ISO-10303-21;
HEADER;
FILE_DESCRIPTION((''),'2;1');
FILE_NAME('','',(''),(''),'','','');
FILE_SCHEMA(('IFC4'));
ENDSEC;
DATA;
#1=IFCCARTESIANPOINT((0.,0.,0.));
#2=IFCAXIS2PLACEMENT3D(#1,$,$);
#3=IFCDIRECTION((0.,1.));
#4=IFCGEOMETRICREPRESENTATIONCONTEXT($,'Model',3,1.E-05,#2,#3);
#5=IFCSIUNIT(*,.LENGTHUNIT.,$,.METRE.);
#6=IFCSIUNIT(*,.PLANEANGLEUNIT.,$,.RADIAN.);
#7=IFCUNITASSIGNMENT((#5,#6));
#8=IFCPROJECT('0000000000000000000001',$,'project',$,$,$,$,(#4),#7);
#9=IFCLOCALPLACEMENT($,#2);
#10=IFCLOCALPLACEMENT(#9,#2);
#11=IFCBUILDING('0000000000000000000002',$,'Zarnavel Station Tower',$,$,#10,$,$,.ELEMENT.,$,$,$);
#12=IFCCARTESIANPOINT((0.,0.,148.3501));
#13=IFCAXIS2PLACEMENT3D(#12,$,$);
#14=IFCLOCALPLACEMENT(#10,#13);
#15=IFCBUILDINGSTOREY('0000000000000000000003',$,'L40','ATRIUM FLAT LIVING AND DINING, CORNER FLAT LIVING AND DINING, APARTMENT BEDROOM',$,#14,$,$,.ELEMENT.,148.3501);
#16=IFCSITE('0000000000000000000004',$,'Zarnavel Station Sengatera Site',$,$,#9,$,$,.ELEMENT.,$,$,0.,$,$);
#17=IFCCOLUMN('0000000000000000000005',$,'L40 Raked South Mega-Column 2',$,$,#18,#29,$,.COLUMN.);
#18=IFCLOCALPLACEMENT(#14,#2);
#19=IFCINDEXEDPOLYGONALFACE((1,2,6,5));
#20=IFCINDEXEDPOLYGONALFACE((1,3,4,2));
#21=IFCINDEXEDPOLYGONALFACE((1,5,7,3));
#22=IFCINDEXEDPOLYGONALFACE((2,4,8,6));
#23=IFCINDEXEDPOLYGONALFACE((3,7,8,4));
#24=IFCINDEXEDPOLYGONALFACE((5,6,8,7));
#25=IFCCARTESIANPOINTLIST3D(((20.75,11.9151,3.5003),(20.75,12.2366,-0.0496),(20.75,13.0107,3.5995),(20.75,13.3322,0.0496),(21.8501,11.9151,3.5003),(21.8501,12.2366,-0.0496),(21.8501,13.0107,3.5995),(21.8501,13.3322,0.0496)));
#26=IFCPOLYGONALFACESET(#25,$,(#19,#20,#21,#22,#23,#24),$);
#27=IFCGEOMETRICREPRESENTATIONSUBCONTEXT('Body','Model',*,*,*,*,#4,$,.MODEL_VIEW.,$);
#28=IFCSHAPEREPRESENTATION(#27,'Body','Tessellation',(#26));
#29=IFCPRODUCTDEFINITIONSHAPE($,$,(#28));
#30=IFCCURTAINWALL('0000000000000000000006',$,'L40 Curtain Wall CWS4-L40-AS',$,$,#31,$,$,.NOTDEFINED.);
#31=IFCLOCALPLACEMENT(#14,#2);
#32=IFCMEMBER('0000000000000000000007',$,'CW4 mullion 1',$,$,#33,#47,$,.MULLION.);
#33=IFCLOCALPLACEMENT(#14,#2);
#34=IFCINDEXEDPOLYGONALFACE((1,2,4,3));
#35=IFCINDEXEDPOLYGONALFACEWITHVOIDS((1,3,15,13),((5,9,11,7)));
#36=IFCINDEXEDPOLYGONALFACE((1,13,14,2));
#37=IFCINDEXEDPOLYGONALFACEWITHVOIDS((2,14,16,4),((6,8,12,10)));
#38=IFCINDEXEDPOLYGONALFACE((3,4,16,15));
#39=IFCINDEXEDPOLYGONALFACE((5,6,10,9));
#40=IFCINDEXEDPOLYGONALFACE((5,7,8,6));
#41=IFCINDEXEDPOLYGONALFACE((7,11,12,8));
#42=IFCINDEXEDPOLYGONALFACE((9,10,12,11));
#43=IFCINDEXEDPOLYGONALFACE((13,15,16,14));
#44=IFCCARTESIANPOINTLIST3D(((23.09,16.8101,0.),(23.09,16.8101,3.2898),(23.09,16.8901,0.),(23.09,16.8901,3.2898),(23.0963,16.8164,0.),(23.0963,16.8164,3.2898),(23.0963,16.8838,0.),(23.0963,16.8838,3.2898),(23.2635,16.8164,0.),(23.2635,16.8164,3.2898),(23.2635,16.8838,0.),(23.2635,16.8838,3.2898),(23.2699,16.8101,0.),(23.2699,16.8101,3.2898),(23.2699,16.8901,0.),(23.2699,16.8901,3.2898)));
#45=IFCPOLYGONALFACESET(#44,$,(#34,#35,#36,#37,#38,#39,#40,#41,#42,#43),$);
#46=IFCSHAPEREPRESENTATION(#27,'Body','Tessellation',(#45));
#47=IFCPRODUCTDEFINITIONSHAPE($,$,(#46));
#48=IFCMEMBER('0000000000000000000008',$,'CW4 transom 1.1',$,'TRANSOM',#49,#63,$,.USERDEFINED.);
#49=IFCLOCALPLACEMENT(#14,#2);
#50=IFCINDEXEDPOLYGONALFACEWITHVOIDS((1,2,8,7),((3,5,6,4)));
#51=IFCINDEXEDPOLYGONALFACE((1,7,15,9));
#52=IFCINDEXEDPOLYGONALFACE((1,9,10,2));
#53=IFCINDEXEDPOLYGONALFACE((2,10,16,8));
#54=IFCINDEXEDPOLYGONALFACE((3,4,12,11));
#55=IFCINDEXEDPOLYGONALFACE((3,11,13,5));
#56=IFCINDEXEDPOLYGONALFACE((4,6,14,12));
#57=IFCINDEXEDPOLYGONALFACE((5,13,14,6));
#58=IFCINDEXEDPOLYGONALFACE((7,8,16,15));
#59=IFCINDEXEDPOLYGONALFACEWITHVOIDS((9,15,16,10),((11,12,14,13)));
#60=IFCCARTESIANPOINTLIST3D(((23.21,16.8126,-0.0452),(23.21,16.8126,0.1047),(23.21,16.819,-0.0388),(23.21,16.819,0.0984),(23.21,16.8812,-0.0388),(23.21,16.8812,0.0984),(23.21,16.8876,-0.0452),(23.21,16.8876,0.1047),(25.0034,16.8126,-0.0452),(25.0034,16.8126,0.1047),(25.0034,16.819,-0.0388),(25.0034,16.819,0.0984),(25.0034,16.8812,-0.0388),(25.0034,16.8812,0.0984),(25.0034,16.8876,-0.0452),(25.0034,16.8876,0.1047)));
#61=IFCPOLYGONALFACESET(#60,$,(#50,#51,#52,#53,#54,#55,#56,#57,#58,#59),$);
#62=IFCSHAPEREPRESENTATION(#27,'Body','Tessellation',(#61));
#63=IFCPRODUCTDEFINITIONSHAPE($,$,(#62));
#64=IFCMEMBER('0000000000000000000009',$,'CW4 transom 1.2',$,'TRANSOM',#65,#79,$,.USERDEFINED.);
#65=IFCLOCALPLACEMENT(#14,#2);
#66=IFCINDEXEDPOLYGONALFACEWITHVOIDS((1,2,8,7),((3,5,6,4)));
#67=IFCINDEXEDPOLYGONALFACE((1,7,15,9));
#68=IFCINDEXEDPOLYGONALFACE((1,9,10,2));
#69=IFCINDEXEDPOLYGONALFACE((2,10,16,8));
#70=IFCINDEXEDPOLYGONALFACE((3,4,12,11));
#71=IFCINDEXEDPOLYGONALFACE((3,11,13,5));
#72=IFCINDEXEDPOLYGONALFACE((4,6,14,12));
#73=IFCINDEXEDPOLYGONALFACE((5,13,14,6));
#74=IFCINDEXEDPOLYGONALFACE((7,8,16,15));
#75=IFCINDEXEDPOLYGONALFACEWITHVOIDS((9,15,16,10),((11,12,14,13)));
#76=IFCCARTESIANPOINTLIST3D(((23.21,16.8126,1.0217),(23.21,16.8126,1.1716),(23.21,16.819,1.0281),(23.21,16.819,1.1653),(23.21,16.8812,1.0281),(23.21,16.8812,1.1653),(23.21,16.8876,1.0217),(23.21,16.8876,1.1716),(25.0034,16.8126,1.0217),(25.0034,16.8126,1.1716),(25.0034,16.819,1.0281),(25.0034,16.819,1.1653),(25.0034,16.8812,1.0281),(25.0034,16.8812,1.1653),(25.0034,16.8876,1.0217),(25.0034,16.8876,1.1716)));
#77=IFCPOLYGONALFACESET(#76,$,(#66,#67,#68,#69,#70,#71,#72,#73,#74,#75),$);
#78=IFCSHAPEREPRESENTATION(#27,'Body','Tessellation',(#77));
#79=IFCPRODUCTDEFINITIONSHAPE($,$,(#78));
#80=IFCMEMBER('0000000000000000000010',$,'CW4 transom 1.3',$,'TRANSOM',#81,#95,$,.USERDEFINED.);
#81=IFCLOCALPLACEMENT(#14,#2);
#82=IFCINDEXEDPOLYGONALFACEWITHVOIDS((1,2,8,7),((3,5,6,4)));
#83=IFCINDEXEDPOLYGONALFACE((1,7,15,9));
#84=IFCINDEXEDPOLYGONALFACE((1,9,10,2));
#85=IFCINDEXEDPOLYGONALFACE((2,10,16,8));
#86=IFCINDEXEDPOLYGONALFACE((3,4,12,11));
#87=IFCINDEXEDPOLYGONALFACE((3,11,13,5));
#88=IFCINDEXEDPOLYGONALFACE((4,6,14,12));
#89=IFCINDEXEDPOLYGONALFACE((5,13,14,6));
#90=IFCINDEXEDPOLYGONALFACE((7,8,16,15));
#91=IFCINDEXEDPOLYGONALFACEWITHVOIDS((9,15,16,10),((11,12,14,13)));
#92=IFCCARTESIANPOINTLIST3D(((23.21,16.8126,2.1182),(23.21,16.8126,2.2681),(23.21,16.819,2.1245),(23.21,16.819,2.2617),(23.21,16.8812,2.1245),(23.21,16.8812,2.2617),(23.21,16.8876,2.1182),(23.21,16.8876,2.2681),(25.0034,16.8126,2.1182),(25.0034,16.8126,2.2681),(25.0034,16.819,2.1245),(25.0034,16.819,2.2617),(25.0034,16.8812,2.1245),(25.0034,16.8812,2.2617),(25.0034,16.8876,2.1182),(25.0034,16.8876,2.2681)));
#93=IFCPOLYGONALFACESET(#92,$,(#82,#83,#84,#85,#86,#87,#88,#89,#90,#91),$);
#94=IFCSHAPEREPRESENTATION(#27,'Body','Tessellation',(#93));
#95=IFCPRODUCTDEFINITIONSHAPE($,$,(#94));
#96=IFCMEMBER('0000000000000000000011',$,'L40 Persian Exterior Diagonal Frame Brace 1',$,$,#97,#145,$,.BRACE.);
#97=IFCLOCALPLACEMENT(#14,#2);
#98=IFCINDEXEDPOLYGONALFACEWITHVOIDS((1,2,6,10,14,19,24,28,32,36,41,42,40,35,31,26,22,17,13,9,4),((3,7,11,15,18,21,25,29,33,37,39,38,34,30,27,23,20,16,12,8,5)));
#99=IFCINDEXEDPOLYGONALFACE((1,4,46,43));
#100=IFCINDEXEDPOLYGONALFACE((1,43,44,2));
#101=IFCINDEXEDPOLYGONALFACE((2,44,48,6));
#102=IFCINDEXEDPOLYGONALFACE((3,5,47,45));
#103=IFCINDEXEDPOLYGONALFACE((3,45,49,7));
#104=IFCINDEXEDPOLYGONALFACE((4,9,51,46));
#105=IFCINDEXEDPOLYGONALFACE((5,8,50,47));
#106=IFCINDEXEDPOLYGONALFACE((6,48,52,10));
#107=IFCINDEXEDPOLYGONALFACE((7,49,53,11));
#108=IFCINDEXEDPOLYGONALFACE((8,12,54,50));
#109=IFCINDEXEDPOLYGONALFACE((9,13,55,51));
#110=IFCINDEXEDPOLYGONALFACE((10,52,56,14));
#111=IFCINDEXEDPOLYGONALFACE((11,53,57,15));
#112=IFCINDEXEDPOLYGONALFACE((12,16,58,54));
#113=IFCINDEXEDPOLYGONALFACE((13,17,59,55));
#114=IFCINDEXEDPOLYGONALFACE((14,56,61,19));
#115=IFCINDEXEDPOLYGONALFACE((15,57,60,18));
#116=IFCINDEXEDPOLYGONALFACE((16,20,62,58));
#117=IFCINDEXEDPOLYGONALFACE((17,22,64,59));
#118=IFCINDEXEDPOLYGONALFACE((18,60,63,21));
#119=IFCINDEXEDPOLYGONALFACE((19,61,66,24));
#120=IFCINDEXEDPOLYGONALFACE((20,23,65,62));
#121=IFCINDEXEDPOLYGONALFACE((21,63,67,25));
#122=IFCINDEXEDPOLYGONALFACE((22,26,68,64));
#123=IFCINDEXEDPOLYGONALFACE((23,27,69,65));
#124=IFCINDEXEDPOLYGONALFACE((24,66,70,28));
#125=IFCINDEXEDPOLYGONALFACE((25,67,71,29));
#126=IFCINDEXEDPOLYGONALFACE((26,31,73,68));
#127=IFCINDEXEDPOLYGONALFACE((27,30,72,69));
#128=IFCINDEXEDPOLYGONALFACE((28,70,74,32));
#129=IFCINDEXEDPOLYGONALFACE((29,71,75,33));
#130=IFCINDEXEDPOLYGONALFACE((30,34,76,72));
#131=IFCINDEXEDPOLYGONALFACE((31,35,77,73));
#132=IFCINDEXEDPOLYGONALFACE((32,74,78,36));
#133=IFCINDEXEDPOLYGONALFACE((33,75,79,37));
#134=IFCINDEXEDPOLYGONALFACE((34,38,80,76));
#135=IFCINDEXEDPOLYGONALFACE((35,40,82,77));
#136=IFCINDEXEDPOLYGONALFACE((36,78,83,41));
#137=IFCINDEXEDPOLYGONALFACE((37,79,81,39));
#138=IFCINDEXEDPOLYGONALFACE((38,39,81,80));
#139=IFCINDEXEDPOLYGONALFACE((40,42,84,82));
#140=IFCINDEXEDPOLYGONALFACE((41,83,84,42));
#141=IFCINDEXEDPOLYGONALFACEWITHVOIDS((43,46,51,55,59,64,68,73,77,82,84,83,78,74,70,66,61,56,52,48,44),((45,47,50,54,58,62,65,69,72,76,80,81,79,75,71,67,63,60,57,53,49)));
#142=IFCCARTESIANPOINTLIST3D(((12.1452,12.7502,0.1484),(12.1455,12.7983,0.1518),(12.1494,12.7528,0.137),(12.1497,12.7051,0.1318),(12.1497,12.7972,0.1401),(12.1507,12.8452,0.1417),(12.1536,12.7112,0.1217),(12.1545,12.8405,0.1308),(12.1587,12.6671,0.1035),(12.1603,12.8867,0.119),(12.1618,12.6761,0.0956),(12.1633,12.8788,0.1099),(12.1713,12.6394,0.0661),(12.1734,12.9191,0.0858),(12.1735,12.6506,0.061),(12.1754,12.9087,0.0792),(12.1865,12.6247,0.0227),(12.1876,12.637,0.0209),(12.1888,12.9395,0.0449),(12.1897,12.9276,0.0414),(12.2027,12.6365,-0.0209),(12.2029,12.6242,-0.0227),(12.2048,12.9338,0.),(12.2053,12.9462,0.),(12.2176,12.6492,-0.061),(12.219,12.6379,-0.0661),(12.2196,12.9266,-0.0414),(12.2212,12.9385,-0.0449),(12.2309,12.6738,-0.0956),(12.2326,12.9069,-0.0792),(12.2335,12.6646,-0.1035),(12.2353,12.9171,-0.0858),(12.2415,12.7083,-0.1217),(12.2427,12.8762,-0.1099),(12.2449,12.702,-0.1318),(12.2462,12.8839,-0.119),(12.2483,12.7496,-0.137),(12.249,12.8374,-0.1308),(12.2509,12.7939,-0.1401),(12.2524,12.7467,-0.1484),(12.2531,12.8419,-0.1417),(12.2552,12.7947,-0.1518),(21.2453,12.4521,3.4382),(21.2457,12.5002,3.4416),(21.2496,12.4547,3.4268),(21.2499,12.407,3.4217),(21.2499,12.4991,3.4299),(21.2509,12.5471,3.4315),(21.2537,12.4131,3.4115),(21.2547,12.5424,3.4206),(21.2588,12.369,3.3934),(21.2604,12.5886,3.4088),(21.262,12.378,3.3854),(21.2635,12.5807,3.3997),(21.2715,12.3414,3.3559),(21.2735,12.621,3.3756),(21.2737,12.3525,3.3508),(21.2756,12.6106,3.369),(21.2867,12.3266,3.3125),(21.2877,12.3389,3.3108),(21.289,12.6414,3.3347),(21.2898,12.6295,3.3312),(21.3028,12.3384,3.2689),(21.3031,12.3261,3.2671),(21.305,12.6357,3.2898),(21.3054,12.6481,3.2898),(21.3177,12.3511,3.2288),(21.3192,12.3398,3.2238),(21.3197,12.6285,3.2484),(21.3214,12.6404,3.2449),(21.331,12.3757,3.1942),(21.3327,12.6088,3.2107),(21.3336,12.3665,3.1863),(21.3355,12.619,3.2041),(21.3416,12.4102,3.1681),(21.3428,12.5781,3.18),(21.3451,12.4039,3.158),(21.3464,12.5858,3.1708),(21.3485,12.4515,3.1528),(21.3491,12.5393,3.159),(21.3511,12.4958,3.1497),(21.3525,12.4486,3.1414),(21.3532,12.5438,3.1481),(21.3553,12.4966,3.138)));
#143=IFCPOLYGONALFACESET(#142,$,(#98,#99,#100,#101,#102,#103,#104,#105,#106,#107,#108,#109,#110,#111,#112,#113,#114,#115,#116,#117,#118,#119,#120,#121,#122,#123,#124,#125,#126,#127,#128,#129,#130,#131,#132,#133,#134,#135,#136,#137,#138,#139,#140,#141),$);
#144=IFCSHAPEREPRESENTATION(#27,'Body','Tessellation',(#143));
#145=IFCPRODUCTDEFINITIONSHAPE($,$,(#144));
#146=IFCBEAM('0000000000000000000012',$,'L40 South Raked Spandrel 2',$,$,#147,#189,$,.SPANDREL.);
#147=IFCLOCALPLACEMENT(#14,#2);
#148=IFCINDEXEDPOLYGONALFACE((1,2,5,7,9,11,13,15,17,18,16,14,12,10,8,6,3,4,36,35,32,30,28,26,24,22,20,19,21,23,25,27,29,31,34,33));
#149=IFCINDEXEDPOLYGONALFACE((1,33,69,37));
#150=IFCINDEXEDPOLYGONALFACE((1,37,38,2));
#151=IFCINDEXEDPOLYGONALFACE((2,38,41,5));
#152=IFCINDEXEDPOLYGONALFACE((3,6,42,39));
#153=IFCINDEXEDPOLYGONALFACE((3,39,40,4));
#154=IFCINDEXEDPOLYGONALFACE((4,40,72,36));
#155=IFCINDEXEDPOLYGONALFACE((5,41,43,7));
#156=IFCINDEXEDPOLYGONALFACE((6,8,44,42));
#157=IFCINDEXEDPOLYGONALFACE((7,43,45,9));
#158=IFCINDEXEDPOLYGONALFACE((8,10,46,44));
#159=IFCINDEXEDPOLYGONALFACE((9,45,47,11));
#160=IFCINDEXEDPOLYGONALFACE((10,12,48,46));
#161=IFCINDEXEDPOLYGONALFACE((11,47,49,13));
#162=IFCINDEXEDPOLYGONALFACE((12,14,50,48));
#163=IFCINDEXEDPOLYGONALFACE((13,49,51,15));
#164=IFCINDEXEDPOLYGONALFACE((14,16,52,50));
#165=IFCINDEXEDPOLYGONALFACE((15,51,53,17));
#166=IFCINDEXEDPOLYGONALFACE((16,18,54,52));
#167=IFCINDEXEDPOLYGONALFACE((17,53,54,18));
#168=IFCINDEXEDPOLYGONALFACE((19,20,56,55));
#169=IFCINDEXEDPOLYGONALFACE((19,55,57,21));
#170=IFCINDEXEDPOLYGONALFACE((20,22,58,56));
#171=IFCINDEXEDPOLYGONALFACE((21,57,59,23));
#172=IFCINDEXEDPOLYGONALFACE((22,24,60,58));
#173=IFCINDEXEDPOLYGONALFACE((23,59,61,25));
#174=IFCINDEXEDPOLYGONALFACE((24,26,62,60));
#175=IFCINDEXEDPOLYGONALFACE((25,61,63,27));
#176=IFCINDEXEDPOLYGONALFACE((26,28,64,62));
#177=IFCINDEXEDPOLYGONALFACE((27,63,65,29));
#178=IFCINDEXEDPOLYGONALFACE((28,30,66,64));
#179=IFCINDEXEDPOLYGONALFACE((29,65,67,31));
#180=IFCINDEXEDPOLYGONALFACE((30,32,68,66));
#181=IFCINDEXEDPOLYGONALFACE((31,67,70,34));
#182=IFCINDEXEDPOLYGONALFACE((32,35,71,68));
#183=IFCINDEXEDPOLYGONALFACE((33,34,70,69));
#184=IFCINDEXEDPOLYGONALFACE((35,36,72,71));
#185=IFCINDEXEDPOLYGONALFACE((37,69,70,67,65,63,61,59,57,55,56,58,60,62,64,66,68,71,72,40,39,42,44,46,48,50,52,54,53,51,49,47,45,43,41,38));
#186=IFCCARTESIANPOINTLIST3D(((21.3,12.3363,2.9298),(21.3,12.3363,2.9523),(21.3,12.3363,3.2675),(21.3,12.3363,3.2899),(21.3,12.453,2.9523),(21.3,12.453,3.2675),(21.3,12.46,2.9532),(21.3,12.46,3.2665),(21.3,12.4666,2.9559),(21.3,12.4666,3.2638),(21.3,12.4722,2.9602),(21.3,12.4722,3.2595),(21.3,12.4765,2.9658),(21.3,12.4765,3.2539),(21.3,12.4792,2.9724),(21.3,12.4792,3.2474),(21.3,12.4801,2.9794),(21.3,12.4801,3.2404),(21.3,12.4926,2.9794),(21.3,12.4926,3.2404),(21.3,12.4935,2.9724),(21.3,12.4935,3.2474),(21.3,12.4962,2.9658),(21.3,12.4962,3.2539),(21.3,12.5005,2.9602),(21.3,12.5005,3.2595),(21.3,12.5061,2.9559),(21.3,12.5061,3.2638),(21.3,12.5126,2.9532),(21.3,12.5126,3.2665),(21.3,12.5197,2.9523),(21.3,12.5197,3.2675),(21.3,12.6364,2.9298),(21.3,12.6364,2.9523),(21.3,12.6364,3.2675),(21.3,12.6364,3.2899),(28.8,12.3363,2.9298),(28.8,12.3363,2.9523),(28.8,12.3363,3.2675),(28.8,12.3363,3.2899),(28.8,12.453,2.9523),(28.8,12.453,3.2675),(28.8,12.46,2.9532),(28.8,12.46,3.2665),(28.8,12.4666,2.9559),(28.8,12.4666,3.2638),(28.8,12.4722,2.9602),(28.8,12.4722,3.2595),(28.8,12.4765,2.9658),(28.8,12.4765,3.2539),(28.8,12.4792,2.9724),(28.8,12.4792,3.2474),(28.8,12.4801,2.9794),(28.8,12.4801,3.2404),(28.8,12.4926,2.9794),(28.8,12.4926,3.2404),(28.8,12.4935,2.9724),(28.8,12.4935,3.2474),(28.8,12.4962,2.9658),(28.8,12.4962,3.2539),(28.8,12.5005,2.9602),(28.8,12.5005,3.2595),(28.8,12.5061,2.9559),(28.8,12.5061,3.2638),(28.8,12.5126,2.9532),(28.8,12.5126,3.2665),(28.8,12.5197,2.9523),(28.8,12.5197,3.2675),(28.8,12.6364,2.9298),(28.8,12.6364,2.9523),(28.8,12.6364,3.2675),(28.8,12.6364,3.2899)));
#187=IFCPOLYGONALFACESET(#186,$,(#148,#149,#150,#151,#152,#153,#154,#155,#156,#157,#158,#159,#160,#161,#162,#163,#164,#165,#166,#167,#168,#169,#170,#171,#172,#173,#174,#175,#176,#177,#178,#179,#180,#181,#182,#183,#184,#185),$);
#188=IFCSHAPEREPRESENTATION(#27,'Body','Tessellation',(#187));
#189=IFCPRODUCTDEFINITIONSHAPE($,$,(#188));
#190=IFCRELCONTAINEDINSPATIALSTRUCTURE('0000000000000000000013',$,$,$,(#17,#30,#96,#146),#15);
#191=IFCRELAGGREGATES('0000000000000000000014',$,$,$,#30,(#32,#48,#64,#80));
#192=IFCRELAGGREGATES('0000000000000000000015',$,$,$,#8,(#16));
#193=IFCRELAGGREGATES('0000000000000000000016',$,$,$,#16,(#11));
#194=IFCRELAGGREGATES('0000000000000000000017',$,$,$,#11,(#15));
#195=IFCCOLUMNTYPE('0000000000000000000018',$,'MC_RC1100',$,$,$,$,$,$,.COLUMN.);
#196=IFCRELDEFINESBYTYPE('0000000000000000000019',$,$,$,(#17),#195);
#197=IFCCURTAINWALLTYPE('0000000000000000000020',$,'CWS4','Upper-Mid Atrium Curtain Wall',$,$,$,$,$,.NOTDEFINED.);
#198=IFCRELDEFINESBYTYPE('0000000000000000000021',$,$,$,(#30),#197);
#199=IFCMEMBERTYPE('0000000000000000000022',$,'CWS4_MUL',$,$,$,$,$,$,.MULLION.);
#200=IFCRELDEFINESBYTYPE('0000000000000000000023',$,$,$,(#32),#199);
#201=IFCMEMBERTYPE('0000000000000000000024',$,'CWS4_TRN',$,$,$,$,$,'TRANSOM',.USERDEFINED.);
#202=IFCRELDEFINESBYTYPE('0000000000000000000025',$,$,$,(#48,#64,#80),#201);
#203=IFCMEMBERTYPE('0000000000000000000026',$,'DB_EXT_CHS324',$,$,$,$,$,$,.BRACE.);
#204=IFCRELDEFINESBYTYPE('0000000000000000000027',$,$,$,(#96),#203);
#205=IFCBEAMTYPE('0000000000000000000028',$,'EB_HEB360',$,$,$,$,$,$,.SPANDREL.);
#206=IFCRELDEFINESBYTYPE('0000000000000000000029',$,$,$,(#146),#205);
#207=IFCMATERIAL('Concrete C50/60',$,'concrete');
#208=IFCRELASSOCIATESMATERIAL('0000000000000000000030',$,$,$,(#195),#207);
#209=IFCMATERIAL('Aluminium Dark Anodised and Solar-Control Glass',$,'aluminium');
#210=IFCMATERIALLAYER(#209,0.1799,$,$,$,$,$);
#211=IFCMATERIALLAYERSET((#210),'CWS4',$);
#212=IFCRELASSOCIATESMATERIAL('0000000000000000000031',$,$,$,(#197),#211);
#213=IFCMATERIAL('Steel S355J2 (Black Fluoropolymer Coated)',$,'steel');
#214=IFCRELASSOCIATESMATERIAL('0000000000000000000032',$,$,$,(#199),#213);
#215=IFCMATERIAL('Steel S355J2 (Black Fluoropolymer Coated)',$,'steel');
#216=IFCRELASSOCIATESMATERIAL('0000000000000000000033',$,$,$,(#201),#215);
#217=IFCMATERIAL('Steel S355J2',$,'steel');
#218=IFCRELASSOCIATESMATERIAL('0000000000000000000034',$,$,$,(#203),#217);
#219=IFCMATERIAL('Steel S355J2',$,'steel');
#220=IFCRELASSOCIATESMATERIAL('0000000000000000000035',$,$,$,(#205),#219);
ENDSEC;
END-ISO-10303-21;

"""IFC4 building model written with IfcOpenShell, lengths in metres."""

from ifc_helpers import new_model, si_unit, direction, frame, origin, origin_2d, place, context, subcontext, project, spatial, rectangle, hollow_rectangle, hollow_circle, i_section, extrude, material, layer, layer_set, material_profile, profile_set, type_object, element, aggregate, save


model = new_model("IFC4")

# Units and contexts
model_context = context("Model", 3, precision=1e-05, world=origin(), true_north=direction((0.0, 1.0)))
body_context = subcontext(model_context, "Body", "Model", "MODEL_VIEW")
ifc_project = project(units=[si_unit("LENGTHUNIT", "METRE"), si_unit("PLANEANGLEUNIT", "RADIAN")], contexts=[model_context])

# Site, building, storey
site_placement = place(None, origin())
site = spatial("IfcSite", under=ifc_project, at=site_placement, Name="Zarnavel Station Sengatera Site", CompositionType="ELEMENT", RefElevation=0.0)
building_placement = place(site_placement, origin())
building = spatial("IfcBuilding", under=site, at=building_placement, Name="Zarnavel Station Tower", CompositionType="ELEMENT")
storey_placement = place(building_placement, frame((0.0, 0.0, 148.3501)))
storey = spatial("IfcBuildingStorey", under=building, at=storey_placement, Name="L40", Description="ATRIUM FLAT LIVING AND DINING, CORNER FLAT LIVING AND DINING, APARTMENT BEDROOM", CompositionType="ELEMENT", Elevation=148.3501)

# Column
ifc_material_1 = material(Name="Concrete C50/60", Category="concrete")
ifc_material_profile_1 = material_profile(ifc_material_1, rectangle(XDim=1.1001, YDim=1.1001, at=origin_2d()), Name="RC1100x1100")
ifc_profile_set_1 = profile_set([ifc_material_profile_1], Name="Concrete C50/60")
column_type = type_object("IfcColumnType", Name="MC_RC1100", PredefinedType="COLUMN", material=ifc_profile_set_1)
column_placement = place(storey_placement, frame((21.3, 12.7844, 0.0), z_axis=(0.0, -0.090208, 0.995923), x_axis=(1.0, 0.0, 0.0)))
element("IfcColumn", 1, at=column_placement, inside=storey, type_object=column_type, Name="L40 Raked South Mega-Column 2", PredefinedType="COLUMN", context=body_context, shape_type="SweptSolid", body=[
    extrude(rectangle(XDim=1.1001, YDim=1.1001, at=origin_2d()), origin(), (0.0, 0.0, 1.0), 3.5645),
])

# Curtain wall, members
ifc_material_2 = material(Name="Aluminium Dark Anodised and Solar-Control Glass", Category="aluminium")
ifc_layer_1 = layer(ifc_material_2, 0.1799)
ifc_layer_set_1 = layer_set([ifc_layer_1], Name="CWS4")
curtain_wall_type = type_object("IfcCurtainWallType", Name="CWS4", Description="Upper-Mid Atrium Curtain Wall", PredefinedType="NOTDEFINED", material=ifc_layer_set_1)
curtain_wall_placement = place(storey_placement, origin())
curtain_wall = element("IfcCurtainWall", 2, at=curtain_wall_placement, inside=storey, type_object=curtain_wall_type, Name="L40 Curtain Wall CWS4-L40-AS", PredefinedType="NOTDEFINED")
ifc_material_3 = material(Name="Steel S355J2 (Black Fluoropolymer Coated)", Category="steel")
ifc_material_profile_2 = material_profile(ifc_material_3, hollow_rectangle(XDim=0.0801, YDim=0.1799, WallThickness=0.0063, at=origin_2d()), Name="RHS180x80x6.3")
ifc_profile_set_2 = profile_set([ifc_material_profile_2], Name="Steel S355J2 (Black Fluoropolymer Coated)")
member_type_1 = type_object("IfcMemberType", Name="CWS4_MUL", PredefinedType="MULLION", material=ifc_profile_set_2)
member_1_placement = place(storey_placement, frame((23.1799, 16.8501, 0.0), z_axis=(0.0, 0.0, 1.0), x_axis=(0.0, 1.0, 0.0)))
member_1 = element("IfcMember", 3, at=member_1_placement, type_object=member_type_1, Name="CW4 mullion 1", PredefinedType="MULLION", context=body_context, shape_type="SweptSolid", body=[
    extrude(hollow_rectangle(XDim=0.0801, YDim=0.1799, WallThickness=0.0063, at=origin_2d()), origin(), (0.0, 0.0, 1.0), 3.2898),
])
ifc_material_4 = material(Name="Steel S355J2 (Black Fluoropolymer Coated)", Category="steel")
ifc_material_profile_3 = material_profile(ifc_material_4, hollow_rectangle(XDim=0.075, YDim=0.1499, WallThickness=0.0063, at=origin_2d()), Name="RHS150x75x6.3")
ifc_profile_set_3 = profile_set([ifc_material_profile_3], Name="Steel S355J2 (Black Fluoropolymer Coated)")
member_type_2 = type_object("IfcMemberType", Name="CWS4_TRN", ElementType="TRANSOM", PredefinedType="USERDEFINED", material=ifc_profile_set_3)
member_2_placement = place(storey_placement, frame((23.21, 16.8501, 0.0298), z_axis=(1.0, 0.0, 0.0), x_axis=(0.0, 1.0, 0.0)))
member_2 = element("IfcMember", 4, at=member_2_placement, type_object=member_type_2, Name="CW4 transom 1.1", ObjectType="TRANSOM", PredefinedType="USERDEFINED", context=body_context, shape_type="SweptSolid", body=[
    extrude(hollow_rectangle(XDim=0.075, YDim=0.1499, WallThickness=0.0063, at=origin_2d()), origin(), (0.0, 0.0, 1.0), 1.7935),
])
member_3_placement = place(storey_placement, frame((23.21, 16.8501, 1.0967), z_axis=(1.0, 0.0, 0.0), x_axis=(0.0, 1.0, 0.0)))
member_3 = element("IfcMember", 5, at=member_3_placement, type_object=member_type_2, Name="CW4 transom 1.2", ObjectType="TRANSOM", PredefinedType="USERDEFINED", context=body_context, shape_type="SweptSolid", body=[
    extrude(hollow_rectangle(XDim=0.075, YDim=0.1499, WallThickness=0.0063, at=origin_2d()), origin(), (0.0, 0.0, 1.0), 1.7935),
])
member_4_placement = place(storey_placement, frame((23.21, 16.8501, 2.1931), z_axis=(1.0, 0.0, 0.0), x_axis=(0.0, 1.0, 0.0)))
member_4 = element("IfcMember", 6, at=member_4_placement, type_object=member_type_2, Name="CW4 transom 1.3", ObjectType="TRANSOM", PredefinedType="USERDEFINED", context=body_context, shape_type="SweptSolid", body=[
    extrude(hollow_rectangle(XDim=0.075, YDim=0.1499, WallThickness=0.0063, at=origin_2d()), origin(), (0.0, 0.0, 1.0), 1.7935),
])
aggregate(curtain_wall, [member_1, member_2, member_3, member_4])

# Member
ifc_material_5 = material(Name="Steel S355J2", Category="steel")
ifc_material_profile_4 = material_profile(ifc_material_5, hollow_circle(Radius=0.1619, WallThickness=0.0125, at=origin_2d()), Name="CHS323.9x12.5")
ifc_profile_set_4 = profile_set([ifc_material_profile_4], Name="Steel S355J2")
member_type_3 = type_object("IfcMemberType", Name="DB_EXT_CHS324", PredefinedType="BRACE", material=ifc_profile_set_4)
member_5_placement = place(storey_placement, frame((12.2, 12.7844, 0.0), z_axis=(0.939987, -0.030792, 0.339817), x_axis=(0.03274, 0.999464, 0.0)))
element("IfcMember", 7, at=member_5_placement, inside=storey, type_object=member_type_3, Name="L40 Persian Exterior Diagonal Frame Brace 1", PredefinedType="BRACE", context=body_context, shape_type="SweptSolid", body=[
    extrude(hollow_circle(Radius=0.1619, WallThickness=0.0125, at=origin_2d()), origin(), (0.0, 0.0, 1.0), 9.6812),
])

# Beam
ifc_material_6 = material(Name="Steel S355J2", Category="steel")
ifc_material_profile_5 = material_profile(ifc_material_6, i_section(OverallWidth=0.3, OverallDepth=0.3601, WebThickness=0.0125, FlangeThickness=0.0225, FilletRadius=0.0271, at=origin_2d()), Name="HEB360")
ifc_profile_set_5 = profile_set([ifc_material_profile_5], Name="Steel S355J2")
beam_type_1 = type_object("IfcBeamType", Name="EB_HEB360", PredefinedType="SPANDREL", material=ifc_profile_set_5)
beam_1_placement = place(storey_placement, frame((21.3, 12.4863, 3.1099), z_axis=(1.0, 0.0, 0.0), x_axis=(0.0, 1.0, 0.0)))
element("IfcBeam", 8, at=beam_1_placement, inside=storey, type_object=beam_type_1, Name="L40 South Raked Spandrel 2", PredefinedType="SPANDREL", context=body_context, shape_type="SweptSolid", body=[
    extrude(i_section(OverallWidth=0.3, OverallDepth=0.3601, WebThickness=0.0125, FlangeThickness=0.0225, FilletRadius=0.0271, at=origin_2d()), origin(), (0.0, 0.0, 1.0), 7.5),
])

save(model, "model.ifc")
